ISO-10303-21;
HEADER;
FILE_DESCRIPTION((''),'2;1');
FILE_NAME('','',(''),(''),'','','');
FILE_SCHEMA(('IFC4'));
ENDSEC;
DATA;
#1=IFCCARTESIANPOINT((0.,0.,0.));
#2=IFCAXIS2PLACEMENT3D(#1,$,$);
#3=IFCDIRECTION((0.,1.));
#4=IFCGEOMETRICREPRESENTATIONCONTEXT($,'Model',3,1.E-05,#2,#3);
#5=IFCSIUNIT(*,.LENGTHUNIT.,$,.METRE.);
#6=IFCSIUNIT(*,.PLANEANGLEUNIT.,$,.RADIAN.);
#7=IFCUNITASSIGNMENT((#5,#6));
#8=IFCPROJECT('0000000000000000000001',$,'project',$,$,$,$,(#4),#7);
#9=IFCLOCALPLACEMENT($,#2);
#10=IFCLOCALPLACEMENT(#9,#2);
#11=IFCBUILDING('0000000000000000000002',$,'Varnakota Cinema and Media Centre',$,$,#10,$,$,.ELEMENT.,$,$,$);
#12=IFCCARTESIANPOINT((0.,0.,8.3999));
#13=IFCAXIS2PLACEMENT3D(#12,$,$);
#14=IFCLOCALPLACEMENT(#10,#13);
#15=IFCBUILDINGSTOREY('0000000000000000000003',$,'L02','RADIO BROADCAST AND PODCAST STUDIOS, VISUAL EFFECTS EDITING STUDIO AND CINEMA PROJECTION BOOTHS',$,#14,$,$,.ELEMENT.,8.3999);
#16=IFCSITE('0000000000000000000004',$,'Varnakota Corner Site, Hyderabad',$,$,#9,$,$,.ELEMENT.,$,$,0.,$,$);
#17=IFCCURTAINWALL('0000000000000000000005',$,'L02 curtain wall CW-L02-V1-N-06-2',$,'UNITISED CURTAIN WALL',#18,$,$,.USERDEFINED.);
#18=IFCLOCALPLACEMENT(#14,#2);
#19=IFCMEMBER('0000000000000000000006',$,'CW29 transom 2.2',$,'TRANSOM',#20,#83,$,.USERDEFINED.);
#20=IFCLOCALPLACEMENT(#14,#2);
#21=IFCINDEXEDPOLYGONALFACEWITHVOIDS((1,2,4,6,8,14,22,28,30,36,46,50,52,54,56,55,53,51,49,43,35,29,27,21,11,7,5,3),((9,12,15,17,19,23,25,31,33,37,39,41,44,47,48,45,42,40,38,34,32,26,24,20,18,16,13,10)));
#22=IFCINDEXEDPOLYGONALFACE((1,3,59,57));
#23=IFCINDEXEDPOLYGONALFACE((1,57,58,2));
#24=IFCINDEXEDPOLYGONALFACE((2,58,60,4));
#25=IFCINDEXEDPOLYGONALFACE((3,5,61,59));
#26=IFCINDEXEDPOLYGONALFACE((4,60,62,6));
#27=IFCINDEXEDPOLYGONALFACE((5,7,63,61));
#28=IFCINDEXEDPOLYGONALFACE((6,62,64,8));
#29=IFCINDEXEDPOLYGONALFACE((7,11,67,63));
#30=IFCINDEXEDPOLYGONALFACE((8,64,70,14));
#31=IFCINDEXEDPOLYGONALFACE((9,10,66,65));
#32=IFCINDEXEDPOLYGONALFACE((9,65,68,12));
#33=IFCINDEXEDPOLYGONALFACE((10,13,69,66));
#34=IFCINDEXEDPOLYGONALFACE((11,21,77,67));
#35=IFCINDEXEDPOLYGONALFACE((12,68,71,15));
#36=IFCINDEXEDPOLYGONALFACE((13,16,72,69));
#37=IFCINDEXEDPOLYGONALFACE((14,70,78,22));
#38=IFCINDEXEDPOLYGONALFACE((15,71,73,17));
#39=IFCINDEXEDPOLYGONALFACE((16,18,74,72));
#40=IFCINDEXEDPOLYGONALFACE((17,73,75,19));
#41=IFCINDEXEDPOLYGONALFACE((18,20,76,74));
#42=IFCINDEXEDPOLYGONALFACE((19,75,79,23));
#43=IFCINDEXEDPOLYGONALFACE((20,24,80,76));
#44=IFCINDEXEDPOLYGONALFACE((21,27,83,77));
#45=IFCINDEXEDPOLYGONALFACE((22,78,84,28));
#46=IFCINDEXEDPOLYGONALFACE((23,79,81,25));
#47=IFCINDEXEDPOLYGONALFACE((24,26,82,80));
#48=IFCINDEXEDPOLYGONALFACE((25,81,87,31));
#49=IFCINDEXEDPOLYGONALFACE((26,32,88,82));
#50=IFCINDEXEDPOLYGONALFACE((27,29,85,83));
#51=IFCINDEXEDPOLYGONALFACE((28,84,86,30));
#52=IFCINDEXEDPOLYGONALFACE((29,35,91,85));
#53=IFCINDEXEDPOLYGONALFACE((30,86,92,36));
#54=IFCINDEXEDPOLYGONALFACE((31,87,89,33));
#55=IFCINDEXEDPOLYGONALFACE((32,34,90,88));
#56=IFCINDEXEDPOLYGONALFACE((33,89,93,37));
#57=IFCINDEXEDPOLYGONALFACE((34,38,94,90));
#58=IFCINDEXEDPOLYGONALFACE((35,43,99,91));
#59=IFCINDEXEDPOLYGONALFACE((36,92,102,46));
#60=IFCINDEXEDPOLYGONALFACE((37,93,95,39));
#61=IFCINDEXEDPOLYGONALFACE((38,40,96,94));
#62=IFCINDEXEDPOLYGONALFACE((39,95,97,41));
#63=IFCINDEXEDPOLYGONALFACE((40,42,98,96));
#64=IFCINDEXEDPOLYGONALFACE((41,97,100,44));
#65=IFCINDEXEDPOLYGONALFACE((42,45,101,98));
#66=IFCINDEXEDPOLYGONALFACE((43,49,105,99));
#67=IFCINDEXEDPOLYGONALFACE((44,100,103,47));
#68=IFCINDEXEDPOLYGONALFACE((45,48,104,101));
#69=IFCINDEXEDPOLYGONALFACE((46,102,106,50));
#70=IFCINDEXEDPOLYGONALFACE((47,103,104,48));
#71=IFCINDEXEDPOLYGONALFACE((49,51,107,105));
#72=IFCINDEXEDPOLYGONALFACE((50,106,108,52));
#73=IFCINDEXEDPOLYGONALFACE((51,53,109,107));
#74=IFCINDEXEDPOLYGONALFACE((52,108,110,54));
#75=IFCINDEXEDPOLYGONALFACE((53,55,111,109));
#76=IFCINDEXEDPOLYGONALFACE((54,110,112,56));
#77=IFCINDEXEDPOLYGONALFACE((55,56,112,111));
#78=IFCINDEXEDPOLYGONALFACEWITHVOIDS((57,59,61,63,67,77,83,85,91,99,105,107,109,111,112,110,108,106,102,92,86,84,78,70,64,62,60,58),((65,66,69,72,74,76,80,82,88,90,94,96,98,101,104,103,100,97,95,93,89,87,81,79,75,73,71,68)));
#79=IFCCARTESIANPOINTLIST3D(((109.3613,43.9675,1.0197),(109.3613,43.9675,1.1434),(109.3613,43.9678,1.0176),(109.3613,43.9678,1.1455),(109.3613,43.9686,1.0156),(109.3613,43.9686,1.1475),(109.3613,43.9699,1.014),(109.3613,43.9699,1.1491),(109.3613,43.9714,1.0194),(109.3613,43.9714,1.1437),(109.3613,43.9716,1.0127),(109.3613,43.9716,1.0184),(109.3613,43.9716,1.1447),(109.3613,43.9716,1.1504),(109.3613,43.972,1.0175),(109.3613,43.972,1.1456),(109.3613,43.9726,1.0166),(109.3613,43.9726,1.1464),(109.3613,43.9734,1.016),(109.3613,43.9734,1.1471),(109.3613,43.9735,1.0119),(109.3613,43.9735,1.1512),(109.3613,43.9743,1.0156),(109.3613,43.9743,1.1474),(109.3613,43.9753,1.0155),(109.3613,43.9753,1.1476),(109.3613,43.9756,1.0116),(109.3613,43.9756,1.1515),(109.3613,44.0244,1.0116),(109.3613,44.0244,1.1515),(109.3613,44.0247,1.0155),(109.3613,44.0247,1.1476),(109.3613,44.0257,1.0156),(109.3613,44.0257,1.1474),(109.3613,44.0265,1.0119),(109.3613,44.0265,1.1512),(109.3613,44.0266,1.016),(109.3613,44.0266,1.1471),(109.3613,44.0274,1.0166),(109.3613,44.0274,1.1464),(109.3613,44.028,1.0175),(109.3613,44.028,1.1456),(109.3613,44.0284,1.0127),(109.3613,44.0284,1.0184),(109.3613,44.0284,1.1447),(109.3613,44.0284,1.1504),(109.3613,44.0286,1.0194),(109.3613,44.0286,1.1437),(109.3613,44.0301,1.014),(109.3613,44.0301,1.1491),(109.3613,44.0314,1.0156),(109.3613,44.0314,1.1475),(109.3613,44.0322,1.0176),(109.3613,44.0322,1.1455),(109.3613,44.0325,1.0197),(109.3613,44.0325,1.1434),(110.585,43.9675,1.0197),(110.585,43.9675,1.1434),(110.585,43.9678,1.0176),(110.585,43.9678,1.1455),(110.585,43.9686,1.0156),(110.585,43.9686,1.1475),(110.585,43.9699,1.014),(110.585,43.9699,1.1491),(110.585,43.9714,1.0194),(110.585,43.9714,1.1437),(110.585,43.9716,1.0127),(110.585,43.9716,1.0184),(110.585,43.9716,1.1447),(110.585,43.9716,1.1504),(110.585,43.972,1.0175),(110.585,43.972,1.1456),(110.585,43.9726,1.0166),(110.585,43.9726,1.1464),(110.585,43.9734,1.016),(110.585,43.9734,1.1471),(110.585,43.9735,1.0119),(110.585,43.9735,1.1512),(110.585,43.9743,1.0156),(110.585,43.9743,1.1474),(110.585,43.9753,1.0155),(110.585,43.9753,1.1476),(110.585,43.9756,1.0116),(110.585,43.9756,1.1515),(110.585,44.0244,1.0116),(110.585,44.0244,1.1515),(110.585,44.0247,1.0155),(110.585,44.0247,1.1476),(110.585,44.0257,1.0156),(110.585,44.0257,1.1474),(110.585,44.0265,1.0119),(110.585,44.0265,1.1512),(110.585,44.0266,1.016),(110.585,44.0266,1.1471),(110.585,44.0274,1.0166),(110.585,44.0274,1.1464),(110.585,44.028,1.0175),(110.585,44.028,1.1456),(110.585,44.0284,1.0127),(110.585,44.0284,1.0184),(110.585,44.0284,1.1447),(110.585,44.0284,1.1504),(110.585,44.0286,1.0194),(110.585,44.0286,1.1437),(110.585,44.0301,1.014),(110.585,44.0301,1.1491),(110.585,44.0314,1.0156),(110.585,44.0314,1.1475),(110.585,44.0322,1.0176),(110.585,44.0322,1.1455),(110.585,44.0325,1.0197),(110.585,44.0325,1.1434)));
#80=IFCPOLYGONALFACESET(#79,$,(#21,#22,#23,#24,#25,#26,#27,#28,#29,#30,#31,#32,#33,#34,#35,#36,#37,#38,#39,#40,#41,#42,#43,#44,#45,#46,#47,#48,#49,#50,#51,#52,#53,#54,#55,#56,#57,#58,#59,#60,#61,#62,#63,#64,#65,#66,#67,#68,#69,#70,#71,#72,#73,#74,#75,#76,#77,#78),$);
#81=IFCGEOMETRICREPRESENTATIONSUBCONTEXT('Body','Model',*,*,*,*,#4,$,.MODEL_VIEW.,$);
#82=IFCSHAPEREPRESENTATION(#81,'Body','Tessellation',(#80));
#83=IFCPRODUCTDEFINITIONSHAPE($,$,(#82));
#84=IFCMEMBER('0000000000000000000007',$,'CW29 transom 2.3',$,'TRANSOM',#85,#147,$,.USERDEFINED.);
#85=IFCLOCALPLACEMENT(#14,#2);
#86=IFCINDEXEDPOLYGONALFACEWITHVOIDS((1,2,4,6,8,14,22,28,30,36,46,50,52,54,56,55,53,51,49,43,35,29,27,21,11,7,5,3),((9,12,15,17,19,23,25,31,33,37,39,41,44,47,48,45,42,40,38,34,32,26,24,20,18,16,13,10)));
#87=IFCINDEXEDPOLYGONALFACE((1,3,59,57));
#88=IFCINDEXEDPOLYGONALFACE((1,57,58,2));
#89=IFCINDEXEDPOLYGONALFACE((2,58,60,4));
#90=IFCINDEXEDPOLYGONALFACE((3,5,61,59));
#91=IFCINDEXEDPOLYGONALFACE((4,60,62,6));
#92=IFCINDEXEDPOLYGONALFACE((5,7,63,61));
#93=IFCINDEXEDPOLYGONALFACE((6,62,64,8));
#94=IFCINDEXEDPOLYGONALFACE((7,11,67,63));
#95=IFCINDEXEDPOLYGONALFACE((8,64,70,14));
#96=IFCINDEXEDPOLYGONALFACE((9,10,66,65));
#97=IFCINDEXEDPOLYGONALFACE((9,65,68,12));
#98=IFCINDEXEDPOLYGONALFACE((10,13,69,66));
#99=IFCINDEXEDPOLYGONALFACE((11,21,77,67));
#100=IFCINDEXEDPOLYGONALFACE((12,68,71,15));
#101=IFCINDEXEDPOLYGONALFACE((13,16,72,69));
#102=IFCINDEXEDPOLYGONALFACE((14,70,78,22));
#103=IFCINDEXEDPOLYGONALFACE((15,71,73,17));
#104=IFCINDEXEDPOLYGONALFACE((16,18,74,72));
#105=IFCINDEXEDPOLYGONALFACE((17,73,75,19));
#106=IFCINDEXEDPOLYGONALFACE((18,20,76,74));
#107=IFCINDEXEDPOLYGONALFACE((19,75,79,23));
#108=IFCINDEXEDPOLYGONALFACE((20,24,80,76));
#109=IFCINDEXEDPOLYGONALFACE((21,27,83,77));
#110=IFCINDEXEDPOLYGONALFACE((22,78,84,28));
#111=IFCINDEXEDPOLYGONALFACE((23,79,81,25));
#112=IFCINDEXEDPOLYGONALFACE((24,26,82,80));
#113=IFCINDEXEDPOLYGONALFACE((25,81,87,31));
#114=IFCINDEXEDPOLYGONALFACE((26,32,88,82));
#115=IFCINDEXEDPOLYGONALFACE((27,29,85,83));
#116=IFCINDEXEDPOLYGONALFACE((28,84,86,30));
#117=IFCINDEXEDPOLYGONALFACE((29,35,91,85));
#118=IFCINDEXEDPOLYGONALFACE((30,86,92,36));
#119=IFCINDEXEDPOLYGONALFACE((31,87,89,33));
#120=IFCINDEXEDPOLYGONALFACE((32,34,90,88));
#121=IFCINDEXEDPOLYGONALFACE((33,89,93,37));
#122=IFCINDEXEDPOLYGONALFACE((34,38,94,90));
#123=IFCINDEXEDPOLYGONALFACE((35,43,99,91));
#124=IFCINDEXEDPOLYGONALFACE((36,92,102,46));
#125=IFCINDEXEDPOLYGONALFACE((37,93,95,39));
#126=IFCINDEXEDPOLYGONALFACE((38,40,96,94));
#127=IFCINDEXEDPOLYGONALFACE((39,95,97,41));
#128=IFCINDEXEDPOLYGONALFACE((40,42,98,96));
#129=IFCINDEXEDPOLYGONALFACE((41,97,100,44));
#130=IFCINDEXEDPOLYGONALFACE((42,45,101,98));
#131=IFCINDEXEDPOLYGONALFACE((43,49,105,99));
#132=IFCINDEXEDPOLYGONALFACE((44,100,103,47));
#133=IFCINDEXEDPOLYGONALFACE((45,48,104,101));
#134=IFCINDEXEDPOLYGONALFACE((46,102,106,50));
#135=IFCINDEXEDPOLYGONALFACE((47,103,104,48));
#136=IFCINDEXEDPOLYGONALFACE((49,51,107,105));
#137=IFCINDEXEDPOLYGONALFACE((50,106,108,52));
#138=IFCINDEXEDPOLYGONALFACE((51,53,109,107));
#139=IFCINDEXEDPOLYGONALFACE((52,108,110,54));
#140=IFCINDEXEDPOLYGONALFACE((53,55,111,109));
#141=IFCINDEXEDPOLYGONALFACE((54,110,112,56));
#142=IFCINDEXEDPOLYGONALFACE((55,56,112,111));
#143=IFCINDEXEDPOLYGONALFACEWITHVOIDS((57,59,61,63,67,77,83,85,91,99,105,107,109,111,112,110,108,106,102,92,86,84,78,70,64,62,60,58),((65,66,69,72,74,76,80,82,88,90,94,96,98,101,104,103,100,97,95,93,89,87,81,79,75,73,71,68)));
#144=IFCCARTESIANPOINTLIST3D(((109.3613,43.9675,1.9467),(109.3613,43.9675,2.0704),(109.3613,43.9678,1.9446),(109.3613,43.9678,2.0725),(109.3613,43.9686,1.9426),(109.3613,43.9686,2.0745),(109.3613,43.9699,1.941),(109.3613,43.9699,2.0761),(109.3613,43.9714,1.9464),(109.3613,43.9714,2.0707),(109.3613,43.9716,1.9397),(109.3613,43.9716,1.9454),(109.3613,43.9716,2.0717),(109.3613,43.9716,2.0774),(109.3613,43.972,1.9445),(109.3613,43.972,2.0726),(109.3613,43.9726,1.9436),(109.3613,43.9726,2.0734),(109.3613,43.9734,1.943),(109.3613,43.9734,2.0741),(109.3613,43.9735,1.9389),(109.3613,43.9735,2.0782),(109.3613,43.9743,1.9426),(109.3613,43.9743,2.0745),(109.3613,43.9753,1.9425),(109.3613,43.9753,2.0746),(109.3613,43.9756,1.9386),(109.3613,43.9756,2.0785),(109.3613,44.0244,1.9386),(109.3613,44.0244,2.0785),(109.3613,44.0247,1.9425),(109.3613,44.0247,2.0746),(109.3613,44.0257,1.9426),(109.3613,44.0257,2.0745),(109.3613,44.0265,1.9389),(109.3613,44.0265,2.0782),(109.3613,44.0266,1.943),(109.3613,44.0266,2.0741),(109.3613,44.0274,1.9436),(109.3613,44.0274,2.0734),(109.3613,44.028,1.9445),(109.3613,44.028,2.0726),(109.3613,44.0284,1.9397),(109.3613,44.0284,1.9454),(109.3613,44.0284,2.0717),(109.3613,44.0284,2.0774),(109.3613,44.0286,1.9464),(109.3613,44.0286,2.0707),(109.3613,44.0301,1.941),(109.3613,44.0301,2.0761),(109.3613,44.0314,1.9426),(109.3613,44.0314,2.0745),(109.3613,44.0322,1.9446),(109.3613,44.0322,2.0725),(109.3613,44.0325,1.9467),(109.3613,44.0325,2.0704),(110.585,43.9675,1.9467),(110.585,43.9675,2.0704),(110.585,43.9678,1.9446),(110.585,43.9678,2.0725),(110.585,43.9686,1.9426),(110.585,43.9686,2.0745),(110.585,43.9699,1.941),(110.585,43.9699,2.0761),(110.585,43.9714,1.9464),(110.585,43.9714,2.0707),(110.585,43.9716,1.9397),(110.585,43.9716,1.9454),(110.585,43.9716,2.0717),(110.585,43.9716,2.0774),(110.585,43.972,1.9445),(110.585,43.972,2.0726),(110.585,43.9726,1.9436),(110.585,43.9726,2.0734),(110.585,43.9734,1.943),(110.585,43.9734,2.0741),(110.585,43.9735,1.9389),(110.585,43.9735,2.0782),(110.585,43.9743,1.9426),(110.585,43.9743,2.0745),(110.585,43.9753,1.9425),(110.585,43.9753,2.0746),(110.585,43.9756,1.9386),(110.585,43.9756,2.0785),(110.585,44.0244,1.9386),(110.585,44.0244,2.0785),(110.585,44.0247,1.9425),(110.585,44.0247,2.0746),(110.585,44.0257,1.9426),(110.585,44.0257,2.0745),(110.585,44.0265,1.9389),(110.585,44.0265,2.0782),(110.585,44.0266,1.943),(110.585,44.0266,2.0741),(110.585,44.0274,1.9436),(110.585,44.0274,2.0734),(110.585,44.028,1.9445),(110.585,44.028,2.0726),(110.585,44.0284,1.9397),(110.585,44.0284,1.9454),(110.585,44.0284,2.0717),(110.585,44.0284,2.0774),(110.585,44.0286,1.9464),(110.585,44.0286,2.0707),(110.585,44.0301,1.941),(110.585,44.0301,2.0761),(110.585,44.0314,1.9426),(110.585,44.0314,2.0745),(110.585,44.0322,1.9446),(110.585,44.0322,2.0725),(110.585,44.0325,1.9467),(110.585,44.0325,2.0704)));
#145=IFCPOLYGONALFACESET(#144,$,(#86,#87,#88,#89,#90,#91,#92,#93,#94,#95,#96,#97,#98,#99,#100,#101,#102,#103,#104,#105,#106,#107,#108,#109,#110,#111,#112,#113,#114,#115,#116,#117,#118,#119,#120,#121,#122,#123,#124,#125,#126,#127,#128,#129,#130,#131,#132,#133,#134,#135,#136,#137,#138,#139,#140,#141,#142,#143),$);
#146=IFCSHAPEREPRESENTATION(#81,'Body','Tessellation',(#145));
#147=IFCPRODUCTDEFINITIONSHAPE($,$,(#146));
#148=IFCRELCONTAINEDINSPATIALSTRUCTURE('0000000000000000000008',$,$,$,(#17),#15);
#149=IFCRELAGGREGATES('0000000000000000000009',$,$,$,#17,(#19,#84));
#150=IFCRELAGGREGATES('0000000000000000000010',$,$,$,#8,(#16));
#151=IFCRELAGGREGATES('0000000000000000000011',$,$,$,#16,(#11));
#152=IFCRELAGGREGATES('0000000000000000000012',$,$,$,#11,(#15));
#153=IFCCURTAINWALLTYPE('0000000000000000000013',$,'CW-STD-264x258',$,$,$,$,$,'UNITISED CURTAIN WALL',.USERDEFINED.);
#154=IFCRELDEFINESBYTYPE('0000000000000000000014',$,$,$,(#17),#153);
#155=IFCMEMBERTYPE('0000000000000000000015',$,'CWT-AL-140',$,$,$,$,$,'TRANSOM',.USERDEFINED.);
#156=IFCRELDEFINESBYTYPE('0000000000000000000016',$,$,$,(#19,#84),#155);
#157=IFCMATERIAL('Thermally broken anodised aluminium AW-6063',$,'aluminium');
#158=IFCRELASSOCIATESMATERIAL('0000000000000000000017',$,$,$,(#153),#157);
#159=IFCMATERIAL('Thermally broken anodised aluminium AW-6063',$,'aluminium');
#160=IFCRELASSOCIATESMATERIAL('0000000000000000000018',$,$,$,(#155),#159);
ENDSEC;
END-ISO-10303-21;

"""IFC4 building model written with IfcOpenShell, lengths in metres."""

from ifc_helpers import new_model, si_unit, direction, frame, origin, origin_2d, place, context, subcontext, project, spatial, hollow_rectangle, extrude, material, material_profile, profile_set, type_object, element, aggregate, save


model = new_model("IFC4")

# Units and contexts
model_context = context("Model", 3, precision=1e-05, world=origin(), true_north=direction((0.0, 1.0)))
body_context = subcontext(model_context, "Body", "Model", "MODEL_VIEW")
ifc_project = project(units=[si_unit("LENGTHUNIT", "METRE"), si_unit("PLANEANGLEUNIT", "RADIAN")], contexts=[model_context])

# Site, building, storey
site_placement = place(None, origin())
site = spatial("IfcSite", under=ifc_project, at=site_placement, Name="Varnakota Corner Site, Hyderabad", CompositionType="ELEMENT", RefElevation=0.0)
building_placement = place(site_placement, origin())
building = spatial("IfcBuilding", under=site, at=building_placement, Name="Varnakota Cinema and Media Centre", CompositionType="ELEMENT")
storey_placement = place(building_placement, frame((0.0, 0.0, 8.3999)))
storey = spatial("IfcBuildingStorey", under=building, at=storey_placement, Name="L02", Description="RADIO BROADCAST AND PODCAST STUDIOS, VISUAL EFFECTS EDITING STUDIO AND CINEMA PROJECTION BOOTHS", CompositionType="ELEMENT", Elevation=8.3999)

# Shared definitions
ifc_material_1 = material(Name="Thermally broken anodised aluminium AW-6063", Category="aluminium")
curtain_wall_type = type_object("IfcCurtainWallType", Name="CW-STD-264x258", ElementType="UNITISED CURTAIN WALL", PredefinedType="USERDEFINED", material=ifc_material_1)

# Curtain wall
curtain_wall_1_placement = place(storey_placement, origin())
curtain_wall_1 = element("IfcCurtainWall", 1, at=curtain_wall_1_placement, inside=storey, type_object=curtain_wall_type, Name="L02 curtain wall CW-L02-V1-N-06-2", ObjectType="UNITISED CURTAIN WALL", PredefinedType="USERDEFINED")

# Members
ifc_material_2 = material(Name="Thermally broken anodised aluminium AW-6063", Category="aluminium")
ifc_material_profile_1 = material_profile(ifc_material_2, hollow_rectangle(XDim=0.0649, YDim=0.1399, WallThickness=0.0039, InnerFilletRadius=0.0039, OuterFilletRadius=0.0081, at=origin_2d()), Name="AL-TRANSOM 140x65x4")
ifc_profile_set_1 = profile_set([ifc_material_profile_1], Name="Thermally broken anodised aluminium AW-6063")
member_type_1 = type_object("IfcMemberType", Name="CWT-AL-140", ElementType="TRANSOM", PredefinedType="USERDEFINED", material=ifc_profile_set_1)
member_1_placement = place(storey_placement, frame((109.3613, 44.0, 1.0815), z_axis=(1.0, 0.0, 0.0), x_axis=(0.0, 1.0, 0.0)))
member_1 = element("IfcMember", 2, at=member_1_placement, type_object=member_type_1, Name="CW29 transom 2.2", ObjectType="TRANSOM", PredefinedType="USERDEFINED", context=body_context, shape_type="SweptSolid", body=[
    extrude(hollow_rectangle(XDim=0.0649, YDim=0.1399, WallThickness=0.0039, InnerFilletRadius=0.0039, OuterFilletRadius=0.0081, at=origin_2d()), origin(), (0.0, 0.0, 1.0), 1.2236),
])
member_2_placement = place(storey_placement, frame((109.3613, 44.0, 2.0085), z_axis=(1.0, 0.0, 0.0), x_axis=(0.0, 1.0, 0.0)))
member_2 = element("IfcMember", 3, at=member_2_placement, type_object=member_type_1, Name="CW29 transom 2.3", ObjectType="TRANSOM", PredefinedType="USERDEFINED", context=body_context, shape_type="SweptSolid", body=[
    extrude(hollow_rectangle(XDim=0.0649, YDim=0.1399, WallThickness=0.0039, InnerFilletRadius=0.0039, OuterFilletRadius=0.0081, at=origin_2d()), origin(), (0.0, 0.0, 1.0), 1.2236),
])

aggregate(curtain_wall_1, [member_1, member_2])

save(model, "model.ifc")
